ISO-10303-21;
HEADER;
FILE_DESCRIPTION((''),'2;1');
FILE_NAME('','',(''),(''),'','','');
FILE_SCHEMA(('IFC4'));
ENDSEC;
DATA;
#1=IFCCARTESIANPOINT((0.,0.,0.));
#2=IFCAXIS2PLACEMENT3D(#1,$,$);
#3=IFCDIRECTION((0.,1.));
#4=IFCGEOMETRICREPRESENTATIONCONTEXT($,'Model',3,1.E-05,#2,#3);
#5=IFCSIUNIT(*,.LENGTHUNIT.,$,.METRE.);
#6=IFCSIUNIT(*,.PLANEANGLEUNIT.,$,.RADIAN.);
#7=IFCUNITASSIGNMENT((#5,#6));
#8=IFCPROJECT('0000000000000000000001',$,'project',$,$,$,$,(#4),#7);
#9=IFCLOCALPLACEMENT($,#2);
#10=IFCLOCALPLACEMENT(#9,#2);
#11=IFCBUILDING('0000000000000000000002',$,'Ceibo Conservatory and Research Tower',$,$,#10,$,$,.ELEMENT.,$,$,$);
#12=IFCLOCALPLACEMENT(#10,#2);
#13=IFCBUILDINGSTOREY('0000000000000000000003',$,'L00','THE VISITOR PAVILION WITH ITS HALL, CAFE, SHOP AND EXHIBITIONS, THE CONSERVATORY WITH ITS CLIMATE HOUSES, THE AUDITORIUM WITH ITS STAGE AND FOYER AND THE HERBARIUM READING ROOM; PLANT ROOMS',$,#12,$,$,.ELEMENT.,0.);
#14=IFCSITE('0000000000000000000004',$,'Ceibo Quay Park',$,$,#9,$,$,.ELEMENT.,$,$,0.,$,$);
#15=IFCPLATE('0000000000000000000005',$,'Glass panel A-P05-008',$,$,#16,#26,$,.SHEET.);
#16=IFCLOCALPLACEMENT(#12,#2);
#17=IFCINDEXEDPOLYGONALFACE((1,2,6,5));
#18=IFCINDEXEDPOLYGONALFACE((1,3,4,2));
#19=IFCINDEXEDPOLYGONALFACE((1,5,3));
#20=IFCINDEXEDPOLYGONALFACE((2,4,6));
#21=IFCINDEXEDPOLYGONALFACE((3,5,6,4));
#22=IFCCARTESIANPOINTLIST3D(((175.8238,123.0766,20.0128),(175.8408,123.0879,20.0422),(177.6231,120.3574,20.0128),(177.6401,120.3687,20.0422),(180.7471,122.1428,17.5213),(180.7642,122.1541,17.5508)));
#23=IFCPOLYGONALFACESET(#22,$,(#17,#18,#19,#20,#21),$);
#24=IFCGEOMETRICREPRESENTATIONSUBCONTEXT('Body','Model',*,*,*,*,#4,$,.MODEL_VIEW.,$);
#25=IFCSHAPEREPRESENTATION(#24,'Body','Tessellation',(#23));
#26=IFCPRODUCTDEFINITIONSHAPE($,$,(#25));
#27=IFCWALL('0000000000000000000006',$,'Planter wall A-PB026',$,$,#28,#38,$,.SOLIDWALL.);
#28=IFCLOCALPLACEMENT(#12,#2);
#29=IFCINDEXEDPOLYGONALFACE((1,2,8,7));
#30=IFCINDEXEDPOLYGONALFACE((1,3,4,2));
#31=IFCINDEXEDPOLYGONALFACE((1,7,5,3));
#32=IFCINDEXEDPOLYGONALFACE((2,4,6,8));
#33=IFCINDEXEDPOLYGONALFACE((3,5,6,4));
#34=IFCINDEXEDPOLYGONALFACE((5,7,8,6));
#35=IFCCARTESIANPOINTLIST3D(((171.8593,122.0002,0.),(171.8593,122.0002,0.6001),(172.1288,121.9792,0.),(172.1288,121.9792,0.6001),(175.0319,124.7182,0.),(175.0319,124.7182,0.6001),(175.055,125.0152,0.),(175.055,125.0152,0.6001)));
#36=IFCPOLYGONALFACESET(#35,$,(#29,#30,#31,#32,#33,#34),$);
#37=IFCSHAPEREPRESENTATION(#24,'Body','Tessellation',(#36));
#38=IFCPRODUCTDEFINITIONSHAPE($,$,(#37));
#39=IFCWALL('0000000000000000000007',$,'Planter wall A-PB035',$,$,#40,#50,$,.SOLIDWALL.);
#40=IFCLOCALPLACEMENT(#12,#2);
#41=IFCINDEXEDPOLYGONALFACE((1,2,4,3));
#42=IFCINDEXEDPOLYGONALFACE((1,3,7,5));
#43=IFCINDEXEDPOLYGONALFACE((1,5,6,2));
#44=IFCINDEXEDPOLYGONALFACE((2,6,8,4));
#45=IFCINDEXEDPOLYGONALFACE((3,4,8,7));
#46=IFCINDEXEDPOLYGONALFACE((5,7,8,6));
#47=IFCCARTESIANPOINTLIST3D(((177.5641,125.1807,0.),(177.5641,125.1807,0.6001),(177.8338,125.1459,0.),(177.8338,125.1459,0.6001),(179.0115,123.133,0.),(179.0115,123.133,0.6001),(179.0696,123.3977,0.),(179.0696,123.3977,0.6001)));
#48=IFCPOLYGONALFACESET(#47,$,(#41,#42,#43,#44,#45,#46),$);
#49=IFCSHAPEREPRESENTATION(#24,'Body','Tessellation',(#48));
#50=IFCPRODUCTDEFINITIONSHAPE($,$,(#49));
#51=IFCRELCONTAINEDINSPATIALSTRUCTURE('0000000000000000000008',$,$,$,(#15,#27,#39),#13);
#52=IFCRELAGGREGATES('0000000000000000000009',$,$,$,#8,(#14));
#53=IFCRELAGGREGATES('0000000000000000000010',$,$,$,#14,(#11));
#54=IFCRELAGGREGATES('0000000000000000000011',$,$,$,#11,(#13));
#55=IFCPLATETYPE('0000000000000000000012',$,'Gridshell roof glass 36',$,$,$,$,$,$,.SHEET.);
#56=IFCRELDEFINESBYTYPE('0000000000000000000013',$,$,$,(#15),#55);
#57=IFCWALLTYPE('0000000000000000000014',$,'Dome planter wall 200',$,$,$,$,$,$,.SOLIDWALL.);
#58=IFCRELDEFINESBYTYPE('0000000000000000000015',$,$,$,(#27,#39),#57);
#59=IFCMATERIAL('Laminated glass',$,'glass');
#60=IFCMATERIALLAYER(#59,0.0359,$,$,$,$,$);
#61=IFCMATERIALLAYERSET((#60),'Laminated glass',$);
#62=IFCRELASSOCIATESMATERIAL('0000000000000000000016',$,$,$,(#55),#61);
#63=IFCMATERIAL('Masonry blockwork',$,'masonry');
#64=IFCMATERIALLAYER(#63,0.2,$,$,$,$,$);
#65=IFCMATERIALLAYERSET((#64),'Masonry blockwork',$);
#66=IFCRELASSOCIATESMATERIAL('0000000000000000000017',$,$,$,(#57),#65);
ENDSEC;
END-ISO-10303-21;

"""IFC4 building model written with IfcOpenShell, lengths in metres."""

from ifc_helpers import new_model, si_unit, direction, frame, origin, place, context, subcontext, project, spatial, polyline, outline, extrude, material, layer, layer_set, type_object, element, save


model = new_model("IFC4")

# Units and contexts
model_context = context("Model", 3, precision=1e-05, world=origin(), true_north=direction((0.0, 1.0)))
body_context = subcontext(model_context, "Body", "Model", "MODEL_VIEW")
ifc_project = project(units=[si_unit("LENGTHUNIT", "METRE"), si_unit("PLANEANGLEUNIT", "RADIAN")], contexts=[model_context])

# Site, building, storey
site_placement = place(None, origin())
site = spatial("IfcSite", under=ifc_project, at=site_placement, Name="Ceibo Quay Park", CompositionType="ELEMENT", RefElevation=0.0)
building_placement = place(site_placement, origin())
building = spatial("IfcBuilding", under=site, at=building_placement, Name="Ceibo Conservatory and Research Tower", CompositionType="ELEMENT")
storey_placement = place(building_placement, origin())
storey = spatial("IfcBuildingStorey", under=building, at=storey_placement, Name="L00", Description="THE VISITOR PAVILION WITH ITS HALL, CAFE, SHOP AND EXHIBITIONS, THE CONSERVATORY WITH ITS CLIMATE HOUSES, THE AUDITORIUM WITH ITS STAGE AND FOYER AND THE HERBARIUM READING ROOM; PLANT ROOMS", CompositionType="ELEMENT", Elevation=0.0)

# Plate
ifc_material_1 = material(Name="Laminated glass", Category="glass")
ifc_layer_1 = layer(ifc_material_1, 0.0359)
ifc_layer_set_1 = layer_set([ifc_layer_1], Name="Laminated glass")
plate_type = type_object("IfcPlateType", Name="Gridshell roof glass 36", PredefinedType="SHEET", material=ifc_layer_set_1)
plate_1_placement = place(storey_placement, frame((180.7642, 122.1541, 17.5508), z_axis=(0.475432, 0.314593, 0.821582), x_axis=(-0.879748, 0.166867, 0.445196)))
element("IfcPlate", 1, at=plate_1_placement, inside=storey, type_object=plate_type, Name="Glass panel A-P05-008", PredefinedType="SHEET", context=body_context, shape_type="SweptSolid", body=[
    extrude(outline(polyline([(0.0, 0.0), (5.5963, 0.0), (3.5596, 2.5463), (0.0, 0.0)])), origin(), (0.0, 0.0, -1.0), 0.0359),
])

# Walls
ifc_material_2 = material(Name="Masonry blockwork", Category="masonry")
ifc_layer_2 = layer(ifc_material_2, 0.2)
ifc_layer_set_2 = layer_set([ifc_layer_2], Name="Masonry blockwork")
wall_type = type_object("IfcWallType", Name="Dome planter wall 200", PredefinedType="SOLIDWALL", material=ifc_layer_set_2)
wall_1_placement = place(storey_placement, frame((175.0435, 124.8667, 0.0), z_axis=(0.0, 0.0, 1.0), x_axis=(-0.727365, -0.686251, 0.0)))
element("IfcWall", 2, at=wall_1_placement, inside=storey, type_object=wall_type, Name="Planter wall A-PB026", PredefinedType="SOLIDWALL", context=body_context, shape_type="SweptSolid", body=[
    extrude(outline(polyline([(-0.1104, -0.1001), (4.2832, -0.1001), (4.1016, 0.1001), (0.1104, 0.1001), (-0.1104, -0.1001)])), origin(), (0.0, 0.0, 1.0), 0.6001),
])
wall_2_placement = place(storey_placement, frame((177.699, 125.1633, 0.0), z_axis=(0.0, 0.0, 1.0), x_axis=(0.577207, -0.816598, 0.0)))
element("IfcWall", 3, at=wall_2_placement, inside=storey, type_object=wall_type, Name="Planter wall A-PB035", PredefinedType="SOLIDWALL", context=body_context, shape_type="SweptSolid", body=[
    extrude(outline(polyline([(-0.092, -0.1001), (2.4155, -0.1001), (2.2329, 0.1001), (0.092, 0.1001), (-0.092, -0.1001)])), origin(), (0.0, 0.0, 1.0), 0.6001),
])

save(model, "model.ifc")
